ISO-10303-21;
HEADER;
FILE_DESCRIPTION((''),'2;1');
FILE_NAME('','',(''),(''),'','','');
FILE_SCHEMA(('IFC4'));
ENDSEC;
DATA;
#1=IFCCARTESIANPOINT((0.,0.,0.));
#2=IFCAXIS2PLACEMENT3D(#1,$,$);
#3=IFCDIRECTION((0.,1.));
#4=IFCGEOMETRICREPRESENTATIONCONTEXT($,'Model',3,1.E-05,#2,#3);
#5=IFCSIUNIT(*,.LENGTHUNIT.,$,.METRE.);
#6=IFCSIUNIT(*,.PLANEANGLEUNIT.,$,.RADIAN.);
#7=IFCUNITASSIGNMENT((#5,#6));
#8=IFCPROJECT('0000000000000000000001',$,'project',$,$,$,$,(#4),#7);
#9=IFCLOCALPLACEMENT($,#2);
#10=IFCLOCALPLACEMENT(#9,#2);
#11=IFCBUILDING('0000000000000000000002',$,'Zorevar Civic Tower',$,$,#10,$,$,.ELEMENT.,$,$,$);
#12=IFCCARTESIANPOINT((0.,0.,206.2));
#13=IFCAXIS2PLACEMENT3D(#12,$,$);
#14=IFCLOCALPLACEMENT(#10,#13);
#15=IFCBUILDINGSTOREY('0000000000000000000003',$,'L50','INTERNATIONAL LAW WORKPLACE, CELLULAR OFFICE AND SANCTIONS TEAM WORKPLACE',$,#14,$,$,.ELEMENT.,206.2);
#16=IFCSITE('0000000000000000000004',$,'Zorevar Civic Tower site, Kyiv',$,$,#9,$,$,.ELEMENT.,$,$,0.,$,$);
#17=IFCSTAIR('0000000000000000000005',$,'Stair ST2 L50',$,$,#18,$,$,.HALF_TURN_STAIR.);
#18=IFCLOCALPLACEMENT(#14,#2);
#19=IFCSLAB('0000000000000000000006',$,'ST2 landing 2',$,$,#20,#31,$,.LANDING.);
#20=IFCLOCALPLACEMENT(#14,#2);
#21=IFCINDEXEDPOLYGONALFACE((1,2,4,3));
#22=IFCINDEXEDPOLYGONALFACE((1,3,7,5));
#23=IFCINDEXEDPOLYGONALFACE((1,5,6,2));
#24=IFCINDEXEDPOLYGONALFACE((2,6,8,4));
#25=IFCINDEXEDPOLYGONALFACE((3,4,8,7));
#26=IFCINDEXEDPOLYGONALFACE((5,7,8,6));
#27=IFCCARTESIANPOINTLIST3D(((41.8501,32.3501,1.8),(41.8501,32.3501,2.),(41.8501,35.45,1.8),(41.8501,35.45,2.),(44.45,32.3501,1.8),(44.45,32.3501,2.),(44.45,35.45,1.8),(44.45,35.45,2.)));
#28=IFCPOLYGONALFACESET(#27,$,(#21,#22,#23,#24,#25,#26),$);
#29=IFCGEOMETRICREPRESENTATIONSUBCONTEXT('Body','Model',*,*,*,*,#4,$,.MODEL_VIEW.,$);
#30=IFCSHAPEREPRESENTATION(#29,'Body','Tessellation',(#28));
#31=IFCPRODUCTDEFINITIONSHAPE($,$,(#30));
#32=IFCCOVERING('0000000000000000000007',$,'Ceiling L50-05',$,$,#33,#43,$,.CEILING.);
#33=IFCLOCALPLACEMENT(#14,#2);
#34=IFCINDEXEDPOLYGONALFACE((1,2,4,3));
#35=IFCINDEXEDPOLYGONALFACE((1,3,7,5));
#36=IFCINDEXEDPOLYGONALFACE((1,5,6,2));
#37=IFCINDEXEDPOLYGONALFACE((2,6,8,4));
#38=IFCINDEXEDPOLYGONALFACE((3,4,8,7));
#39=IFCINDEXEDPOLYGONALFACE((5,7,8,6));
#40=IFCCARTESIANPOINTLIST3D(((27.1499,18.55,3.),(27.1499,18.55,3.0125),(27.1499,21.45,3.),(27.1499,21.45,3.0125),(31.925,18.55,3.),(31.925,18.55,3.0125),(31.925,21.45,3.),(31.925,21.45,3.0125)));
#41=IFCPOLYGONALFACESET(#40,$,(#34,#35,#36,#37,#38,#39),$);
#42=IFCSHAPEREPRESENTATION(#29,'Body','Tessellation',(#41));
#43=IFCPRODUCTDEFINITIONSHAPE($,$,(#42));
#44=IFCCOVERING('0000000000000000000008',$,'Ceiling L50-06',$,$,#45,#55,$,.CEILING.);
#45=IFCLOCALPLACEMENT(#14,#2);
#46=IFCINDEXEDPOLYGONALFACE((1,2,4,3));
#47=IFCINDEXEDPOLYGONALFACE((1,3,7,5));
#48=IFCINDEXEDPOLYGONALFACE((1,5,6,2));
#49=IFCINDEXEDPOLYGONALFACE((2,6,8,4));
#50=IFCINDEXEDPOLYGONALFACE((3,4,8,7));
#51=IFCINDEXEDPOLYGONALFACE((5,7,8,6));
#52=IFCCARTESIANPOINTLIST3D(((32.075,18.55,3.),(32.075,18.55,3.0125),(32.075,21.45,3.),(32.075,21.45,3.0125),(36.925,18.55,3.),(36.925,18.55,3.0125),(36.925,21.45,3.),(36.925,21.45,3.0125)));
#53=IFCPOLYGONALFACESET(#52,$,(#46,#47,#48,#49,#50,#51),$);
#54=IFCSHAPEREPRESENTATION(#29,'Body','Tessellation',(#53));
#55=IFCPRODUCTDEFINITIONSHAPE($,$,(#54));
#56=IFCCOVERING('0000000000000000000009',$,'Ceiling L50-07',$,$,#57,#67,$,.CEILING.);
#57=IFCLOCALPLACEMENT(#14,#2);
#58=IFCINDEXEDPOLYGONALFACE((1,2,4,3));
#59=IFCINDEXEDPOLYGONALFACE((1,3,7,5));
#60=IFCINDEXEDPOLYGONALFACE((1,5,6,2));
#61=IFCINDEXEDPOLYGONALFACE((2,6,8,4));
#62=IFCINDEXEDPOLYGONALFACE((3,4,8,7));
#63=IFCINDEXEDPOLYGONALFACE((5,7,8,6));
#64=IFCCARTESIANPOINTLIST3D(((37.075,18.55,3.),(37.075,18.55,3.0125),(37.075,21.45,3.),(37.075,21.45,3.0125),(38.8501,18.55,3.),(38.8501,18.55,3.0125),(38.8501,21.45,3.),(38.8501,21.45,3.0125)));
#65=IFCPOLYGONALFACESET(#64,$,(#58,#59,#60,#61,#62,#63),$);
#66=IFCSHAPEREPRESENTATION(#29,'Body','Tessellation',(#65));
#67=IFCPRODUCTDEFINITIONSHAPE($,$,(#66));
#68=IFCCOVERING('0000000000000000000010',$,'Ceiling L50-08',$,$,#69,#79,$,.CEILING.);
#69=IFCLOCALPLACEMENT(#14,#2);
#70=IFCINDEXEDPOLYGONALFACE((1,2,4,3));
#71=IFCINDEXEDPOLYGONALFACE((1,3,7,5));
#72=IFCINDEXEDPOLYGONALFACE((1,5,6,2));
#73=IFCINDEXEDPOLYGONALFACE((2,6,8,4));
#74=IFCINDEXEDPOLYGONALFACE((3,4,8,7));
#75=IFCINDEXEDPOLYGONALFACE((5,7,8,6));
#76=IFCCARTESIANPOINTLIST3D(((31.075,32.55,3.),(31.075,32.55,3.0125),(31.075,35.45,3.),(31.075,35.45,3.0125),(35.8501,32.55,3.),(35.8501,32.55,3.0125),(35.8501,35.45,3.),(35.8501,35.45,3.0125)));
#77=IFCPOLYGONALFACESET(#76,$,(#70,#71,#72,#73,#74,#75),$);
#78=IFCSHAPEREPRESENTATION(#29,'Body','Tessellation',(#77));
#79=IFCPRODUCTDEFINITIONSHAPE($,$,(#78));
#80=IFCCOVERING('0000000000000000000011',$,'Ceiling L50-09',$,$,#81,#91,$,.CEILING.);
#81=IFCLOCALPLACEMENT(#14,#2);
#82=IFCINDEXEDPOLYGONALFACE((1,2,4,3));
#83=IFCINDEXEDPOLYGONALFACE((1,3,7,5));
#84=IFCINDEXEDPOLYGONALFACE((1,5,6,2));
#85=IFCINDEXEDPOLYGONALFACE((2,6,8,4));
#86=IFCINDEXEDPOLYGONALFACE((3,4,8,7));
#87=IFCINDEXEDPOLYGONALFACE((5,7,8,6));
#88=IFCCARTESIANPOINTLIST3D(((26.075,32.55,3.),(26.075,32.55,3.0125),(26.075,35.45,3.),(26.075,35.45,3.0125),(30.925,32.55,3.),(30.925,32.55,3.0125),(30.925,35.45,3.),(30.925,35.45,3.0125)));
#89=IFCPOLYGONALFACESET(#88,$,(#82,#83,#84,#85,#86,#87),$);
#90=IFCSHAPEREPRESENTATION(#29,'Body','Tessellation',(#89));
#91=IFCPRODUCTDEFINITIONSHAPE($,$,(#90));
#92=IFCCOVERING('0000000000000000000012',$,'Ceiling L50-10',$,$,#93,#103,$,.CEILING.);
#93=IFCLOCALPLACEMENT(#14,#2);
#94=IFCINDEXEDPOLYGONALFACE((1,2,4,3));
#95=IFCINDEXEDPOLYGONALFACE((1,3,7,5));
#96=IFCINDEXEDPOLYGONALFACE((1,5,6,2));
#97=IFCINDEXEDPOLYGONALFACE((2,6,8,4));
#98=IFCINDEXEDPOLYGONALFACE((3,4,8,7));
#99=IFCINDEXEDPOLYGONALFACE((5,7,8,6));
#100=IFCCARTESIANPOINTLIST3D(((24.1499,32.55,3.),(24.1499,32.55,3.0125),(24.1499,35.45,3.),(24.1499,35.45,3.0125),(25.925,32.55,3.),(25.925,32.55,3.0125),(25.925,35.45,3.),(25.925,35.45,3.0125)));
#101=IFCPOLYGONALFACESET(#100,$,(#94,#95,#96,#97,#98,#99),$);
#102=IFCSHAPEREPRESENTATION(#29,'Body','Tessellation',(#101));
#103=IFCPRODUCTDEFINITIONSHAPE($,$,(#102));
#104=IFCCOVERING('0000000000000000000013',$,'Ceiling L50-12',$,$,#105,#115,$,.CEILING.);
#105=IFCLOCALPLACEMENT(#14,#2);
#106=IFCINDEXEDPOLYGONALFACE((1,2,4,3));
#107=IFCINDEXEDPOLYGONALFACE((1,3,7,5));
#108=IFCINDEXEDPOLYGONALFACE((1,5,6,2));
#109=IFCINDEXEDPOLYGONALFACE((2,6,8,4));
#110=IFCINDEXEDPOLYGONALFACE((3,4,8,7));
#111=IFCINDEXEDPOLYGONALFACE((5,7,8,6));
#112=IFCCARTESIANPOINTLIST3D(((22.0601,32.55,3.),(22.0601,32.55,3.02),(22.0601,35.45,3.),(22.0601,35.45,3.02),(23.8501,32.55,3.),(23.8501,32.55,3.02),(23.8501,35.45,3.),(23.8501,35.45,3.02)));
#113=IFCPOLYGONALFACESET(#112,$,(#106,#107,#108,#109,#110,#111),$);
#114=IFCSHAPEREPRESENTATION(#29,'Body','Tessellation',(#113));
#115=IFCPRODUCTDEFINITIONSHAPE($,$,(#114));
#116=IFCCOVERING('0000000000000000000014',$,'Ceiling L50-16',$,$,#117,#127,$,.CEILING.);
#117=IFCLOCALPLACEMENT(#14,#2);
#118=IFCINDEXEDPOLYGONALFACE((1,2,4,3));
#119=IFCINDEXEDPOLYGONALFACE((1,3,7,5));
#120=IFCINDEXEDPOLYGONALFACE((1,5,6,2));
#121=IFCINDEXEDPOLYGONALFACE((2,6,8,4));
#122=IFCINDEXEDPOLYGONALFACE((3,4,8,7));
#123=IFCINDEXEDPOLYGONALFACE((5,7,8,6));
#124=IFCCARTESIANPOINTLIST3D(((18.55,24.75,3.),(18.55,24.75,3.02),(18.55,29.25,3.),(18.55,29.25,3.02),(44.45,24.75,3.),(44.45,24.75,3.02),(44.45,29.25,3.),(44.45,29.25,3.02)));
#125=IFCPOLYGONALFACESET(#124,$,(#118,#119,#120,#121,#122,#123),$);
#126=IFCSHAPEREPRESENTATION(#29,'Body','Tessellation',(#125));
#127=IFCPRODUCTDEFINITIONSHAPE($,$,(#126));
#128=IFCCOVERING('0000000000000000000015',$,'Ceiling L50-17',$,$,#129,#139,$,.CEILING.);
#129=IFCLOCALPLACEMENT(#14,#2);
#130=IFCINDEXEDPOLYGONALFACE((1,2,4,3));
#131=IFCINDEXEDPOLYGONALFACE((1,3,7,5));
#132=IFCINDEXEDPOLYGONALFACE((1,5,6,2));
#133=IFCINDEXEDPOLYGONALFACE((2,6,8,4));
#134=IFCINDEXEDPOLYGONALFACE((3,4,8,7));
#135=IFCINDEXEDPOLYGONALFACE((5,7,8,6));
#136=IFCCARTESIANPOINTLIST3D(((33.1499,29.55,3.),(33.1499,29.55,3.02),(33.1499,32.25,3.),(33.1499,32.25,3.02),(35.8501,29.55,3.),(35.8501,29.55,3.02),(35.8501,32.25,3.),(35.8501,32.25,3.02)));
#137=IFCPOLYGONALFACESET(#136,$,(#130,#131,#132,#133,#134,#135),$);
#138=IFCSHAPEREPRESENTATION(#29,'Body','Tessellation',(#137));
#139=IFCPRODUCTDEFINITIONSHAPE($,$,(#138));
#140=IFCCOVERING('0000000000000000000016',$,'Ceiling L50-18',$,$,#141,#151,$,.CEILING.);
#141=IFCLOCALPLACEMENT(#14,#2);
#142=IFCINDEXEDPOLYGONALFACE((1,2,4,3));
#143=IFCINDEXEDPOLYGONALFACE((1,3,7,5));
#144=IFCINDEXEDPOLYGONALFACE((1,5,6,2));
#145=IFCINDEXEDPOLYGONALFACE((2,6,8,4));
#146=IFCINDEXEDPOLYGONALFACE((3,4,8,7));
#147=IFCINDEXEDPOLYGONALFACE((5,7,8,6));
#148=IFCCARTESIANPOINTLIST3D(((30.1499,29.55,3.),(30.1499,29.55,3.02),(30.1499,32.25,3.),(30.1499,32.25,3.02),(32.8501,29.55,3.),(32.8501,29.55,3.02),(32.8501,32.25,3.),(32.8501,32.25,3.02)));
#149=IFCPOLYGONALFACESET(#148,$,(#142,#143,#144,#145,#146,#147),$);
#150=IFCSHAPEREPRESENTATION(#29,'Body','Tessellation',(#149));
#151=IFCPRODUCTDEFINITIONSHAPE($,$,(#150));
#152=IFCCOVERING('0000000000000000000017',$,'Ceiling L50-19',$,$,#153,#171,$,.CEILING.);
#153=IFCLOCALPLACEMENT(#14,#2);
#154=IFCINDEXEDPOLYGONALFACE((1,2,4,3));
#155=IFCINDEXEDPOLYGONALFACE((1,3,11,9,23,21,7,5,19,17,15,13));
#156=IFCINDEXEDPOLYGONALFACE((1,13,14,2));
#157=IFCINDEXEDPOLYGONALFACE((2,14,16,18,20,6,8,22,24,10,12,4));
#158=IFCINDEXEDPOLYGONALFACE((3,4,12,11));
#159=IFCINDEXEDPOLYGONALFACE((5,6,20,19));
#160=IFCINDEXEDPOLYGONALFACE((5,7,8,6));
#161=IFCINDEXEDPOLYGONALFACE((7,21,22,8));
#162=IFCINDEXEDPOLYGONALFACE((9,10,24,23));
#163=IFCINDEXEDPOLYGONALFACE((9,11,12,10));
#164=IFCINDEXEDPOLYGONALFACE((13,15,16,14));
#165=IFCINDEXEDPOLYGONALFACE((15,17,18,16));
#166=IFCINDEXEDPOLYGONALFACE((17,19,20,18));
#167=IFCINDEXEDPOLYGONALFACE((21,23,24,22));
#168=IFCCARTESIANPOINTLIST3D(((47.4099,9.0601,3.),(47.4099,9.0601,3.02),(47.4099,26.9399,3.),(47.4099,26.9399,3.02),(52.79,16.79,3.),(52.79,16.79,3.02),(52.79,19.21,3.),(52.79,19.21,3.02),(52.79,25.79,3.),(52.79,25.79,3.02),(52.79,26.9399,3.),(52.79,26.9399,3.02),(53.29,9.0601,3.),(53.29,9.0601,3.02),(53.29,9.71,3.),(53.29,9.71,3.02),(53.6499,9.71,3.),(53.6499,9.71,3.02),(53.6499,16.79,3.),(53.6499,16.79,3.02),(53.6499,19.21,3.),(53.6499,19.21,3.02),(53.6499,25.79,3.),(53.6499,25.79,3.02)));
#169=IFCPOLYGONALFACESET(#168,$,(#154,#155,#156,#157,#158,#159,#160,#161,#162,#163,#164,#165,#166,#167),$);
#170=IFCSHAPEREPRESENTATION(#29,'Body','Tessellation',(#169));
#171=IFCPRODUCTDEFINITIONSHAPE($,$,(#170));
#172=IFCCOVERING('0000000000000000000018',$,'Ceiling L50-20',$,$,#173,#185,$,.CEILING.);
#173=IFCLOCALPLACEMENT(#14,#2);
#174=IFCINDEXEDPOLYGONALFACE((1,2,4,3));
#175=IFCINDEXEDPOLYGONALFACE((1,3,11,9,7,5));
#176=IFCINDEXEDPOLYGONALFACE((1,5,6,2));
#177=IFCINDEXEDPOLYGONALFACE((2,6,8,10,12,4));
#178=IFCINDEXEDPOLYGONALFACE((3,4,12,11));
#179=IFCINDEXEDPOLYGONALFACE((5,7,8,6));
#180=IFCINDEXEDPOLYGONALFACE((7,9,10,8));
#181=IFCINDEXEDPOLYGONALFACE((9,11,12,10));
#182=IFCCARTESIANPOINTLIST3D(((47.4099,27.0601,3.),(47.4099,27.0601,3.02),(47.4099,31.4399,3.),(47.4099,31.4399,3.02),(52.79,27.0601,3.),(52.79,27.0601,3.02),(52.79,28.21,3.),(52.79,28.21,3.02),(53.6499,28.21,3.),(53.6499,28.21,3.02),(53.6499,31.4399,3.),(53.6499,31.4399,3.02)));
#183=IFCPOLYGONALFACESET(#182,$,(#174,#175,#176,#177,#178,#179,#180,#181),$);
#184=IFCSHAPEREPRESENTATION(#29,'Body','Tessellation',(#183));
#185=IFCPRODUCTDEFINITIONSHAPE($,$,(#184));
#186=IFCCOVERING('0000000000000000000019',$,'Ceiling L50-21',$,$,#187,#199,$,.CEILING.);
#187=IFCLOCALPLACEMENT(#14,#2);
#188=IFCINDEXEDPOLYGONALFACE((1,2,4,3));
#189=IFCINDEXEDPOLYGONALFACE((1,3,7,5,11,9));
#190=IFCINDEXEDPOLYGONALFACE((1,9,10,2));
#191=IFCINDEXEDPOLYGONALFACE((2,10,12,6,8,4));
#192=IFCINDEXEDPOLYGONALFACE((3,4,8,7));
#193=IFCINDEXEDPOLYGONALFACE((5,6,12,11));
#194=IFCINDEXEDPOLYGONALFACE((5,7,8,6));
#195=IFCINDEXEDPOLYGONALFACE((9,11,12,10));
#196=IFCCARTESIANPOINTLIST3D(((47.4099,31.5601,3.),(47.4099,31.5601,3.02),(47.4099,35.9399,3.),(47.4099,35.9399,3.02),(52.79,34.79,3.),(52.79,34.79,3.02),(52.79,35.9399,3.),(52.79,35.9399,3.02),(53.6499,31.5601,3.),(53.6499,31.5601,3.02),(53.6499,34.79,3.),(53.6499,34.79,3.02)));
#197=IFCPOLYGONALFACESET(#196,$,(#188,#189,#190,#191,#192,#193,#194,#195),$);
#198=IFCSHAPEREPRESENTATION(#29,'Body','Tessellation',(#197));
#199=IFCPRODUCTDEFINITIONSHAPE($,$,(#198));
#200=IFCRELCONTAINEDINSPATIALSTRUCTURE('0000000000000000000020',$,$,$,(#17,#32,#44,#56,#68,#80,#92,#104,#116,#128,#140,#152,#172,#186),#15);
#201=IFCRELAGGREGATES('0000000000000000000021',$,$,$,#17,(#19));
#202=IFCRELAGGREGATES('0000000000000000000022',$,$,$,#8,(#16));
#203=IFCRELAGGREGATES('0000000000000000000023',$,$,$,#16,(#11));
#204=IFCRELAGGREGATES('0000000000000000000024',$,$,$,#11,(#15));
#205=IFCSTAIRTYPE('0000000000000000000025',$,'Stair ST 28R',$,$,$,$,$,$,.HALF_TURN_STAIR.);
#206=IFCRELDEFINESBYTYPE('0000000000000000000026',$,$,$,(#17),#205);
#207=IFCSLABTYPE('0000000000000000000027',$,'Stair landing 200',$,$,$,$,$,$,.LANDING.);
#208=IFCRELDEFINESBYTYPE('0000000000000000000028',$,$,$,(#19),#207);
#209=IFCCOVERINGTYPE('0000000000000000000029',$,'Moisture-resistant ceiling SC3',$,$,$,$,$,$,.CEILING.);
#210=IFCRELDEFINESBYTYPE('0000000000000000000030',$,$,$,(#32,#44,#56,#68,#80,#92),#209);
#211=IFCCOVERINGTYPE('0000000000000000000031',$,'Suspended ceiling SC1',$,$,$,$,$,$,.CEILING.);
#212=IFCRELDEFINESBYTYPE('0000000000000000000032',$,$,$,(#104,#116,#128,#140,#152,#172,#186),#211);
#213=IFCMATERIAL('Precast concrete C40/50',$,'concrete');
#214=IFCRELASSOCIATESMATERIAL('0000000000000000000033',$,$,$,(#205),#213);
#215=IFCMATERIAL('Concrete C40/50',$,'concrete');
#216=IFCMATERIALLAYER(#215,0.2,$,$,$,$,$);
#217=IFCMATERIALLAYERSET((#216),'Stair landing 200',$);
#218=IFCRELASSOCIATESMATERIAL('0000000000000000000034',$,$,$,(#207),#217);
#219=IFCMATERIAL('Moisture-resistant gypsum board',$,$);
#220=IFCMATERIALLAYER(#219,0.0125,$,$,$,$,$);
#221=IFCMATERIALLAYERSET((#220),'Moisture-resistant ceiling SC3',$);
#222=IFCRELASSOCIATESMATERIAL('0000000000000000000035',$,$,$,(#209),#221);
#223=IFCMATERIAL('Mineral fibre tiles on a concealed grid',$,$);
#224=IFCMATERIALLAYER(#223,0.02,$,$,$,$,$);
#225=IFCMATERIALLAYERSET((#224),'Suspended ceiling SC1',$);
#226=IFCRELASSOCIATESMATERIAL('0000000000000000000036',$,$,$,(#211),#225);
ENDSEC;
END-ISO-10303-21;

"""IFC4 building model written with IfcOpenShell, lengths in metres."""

from ifc_helpers import new_model, si_unit, direction, frame, origin, place, context, subcontext, project, spatial, polyline, outline, extrude, material, layer, layer_set, type_object, element, aggregate, save


model = new_model("IFC4")

# Units and contexts
model_context = context("Model", 3, precision=1e-05, world=origin(), true_north=direction((0.0, 1.0)))
body_context = subcontext(model_context, "Body", "Model", "MODEL_VIEW")
ifc_project = project(units=[si_unit("LENGTHUNIT", "METRE"), si_unit("PLANEANGLEUNIT", "RADIAN")], contexts=[model_context])

# Site, building, storey
site_placement = place(None, origin())
site = spatial("IfcSite", under=ifc_project, at=site_placement, Name="Zorevar Civic Tower site, Kyiv", CompositionType="ELEMENT", RefElevation=0.0)
building_placement = place(site_placement, origin())
building = spatial("IfcBuilding", under=site, at=building_placement, Name="Zorevar Civic Tower", CompositionType="ELEMENT")
storey_placement = place(building_placement, frame((0.0, 0.0, 206.2)))
storey = spatial("IfcBuildingStorey", under=building, at=storey_placement, Name="L50", Description="INTERNATIONAL LAW WORKPLACE, CELLULAR OFFICE AND SANCTIONS TEAM WORKPLACE", CompositionType="ELEMENT", Elevation=206.2)

# Stair, slab
ifc_material_1 = material(Name="Precast concrete C40/50", Category="concrete")
stair_type = type_object("IfcStairType", Name="Stair ST 28R", PredefinedType="HALF_TURN_STAIR", material=ifc_material_1)
ifc_material_2 = material(Name="Concrete C40/50", Category="concrete")
ifc_layer_1 = layer(ifc_material_2, 0.2)
ifc_layer_set_1 = layer_set([ifc_layer_1], Name="Stair landing 200")
slab_type_1 = type_object("IfcSlabType", Name="Stair landing 200", PredefinedType="LANDING", material=ifc_layer_set_1)
stair_1_placement = place(storey_placement, origin())
stair_1 = element("IfcStair", 1, at=stair_1_placement, inside=storey, type_object=stair_type, Name="Stair ST2 L50", PredefinedType="HALF_TURN_STAIR")
slab_1_placement = place(storey_placement, frame((0.0, 0.0, 1.8)))
slab_1 = element("IfcSlab", 2, at=slab_1_placement, type_object=slab_type_1, Name="ST2 landing 2", PredefinedType="LANDING", context=body_context, shape_type="SweptSolid", body=[
    extrude(outline(polyline([(44.45, 32.3501), (41.8501, 32.3501), (41.8501, 35.45), (44.45, 35.45), (44.45, 32.3501)])), origin(), (0.0, 0.0, 1.0), 0.2),
])
aggregate(stair_1, [slab_1])

# Coverings
ifc_material_3 = material(Name="Moisture-resistant gypsum board")
ifc_layer_2 = layer(ifc_material_3, 0.0125)
ifc_layer_set_2 = layer_set([ifc_layer_2], Name="Moisture-resistant ceiling SC3")
covering_type_1 = type_object("IfcCoveringType", Name="Moisture-resistant ceiling SC3", PredefinedType="CEILING", material=ifc_layer_set_2)
covering_1_placement = place(storey_placement, frame((0.0, 0.0, 3.0)))
element("IfcCovering", 3, at=covering_1_placement, inside=storey, type_object=covering_type_1, Name="Ceiling L50-05", PredefinedType="CEILING", context=body_context, shape_type="SweptSolid", body=[
    extrude(outline(polyline([(31.925, 18.55), (31.925, 21.45), (27.1499, 21.45), (27.1499, 18.55), (31.925, 18.55)])), origin(), (0.0, 0.0, 1.0), 0.0125),
])
covering_2_placement = place(storey_placement, frame((0.0, 0.0, 3.0)))
element("IfcCovering", 4, at=covering_2_placement, inside=storey, type_object=covering_type_1, Name="Ceiling L50-06", PredefinedType="CEILING", context=body_context, shape_type="SweptSolid", body=[
    extrude(outline(polyline([(36.925, 18.55), (36.925, 21.45), (32.075, 21.45), (32.075, 18.55), (36.925, 18.55)])), origin(), (0.0, 0.0, 1.0), 0.0125),
])
covering_3_placement = place(storey_placement, frame((0.0, 0.0, 3.0)))
element("IfcCovering", 5, at=covering_3_placement, inside=storey, type_object=covering_type_1, Name="Ceiling L50-07", PredefinedType="CEILING", context=body_context, shape_type="SweptSolid", body=[
    extrude(outline(polyline([(38.8501, 18.55), (38.8501, 21.45), (37.075, 21.45), (37.075, 18.55), (38.8501, 18.55)])), origin(), (0.0, 0.0, 1.0), 0.0125),
])
covering_4_placement = place(storey_placement, frame((0.0, 0.0, 3.0)))
element("IfcCovering", 6, at=covering_4_placement, inside=storey, type_object=covering_type_1, Name="Ceiling L50-08", PredefinedType="CEILING", context=body_context, shape_type="SweptSolid", body=[
    extrude(outline(polyline([(35.8501, 32.55), (35.8501, 35.45), (31.075, 35.45), (31.075, 32.55), (35.8501, 32.55)])), origin(), (0.0, 0.0, 1.0), 0.0125),
])
covering_5_placement = place(storey_placement, frame((0.0, 0.0, 3.0)))
element("IfcCovering", 7, at=covering_5_placement, inside=storey, type_object=covering_type_1, Name="Ceiling L50-09", PredefinedType="CEILING", context=body_context, shape_type="SweptSolid", body=[
    extrude(outline(polyline([(30.925, 32.55), (30.925, 35.45), (26.075, 35.45), (26.075, 32.55), (30.925, 32.55)])), origin(), (0.0, 0.0, 1.0), 0.0125),
])
covering_6_placement = place(storey_placement, frame((0.0, 0.0, 3.0)))
element("IfcCovering", 8, at=covering_6_placement, inside=storey, type_object=covering_type_1, Name="Ceiling L50-10", PredefinedType="CEILING", context=body_context, shape_type="SweptSolid", body=[
    extrude(outline(polyline([(25.925, 32.55), (25.925, 35.45), (24.1499, 35.45), (24.1499, 32.55), (25.925, 32.55)])), origin(), (0.0, 0.0, 1.0), 0.0125),
])
ifc_material_4 = material(Name="Mineral fibre tiles on a concealed grid")
ifc_layer_3 = layer(ifc_material_4, 0.02)
ifc_layer_set_3 = layer_set([ifc_layer_3], Name="Suspended ceiling SC1")
covering_type_2 = type_object("IfcCoveringType", Name="Suspended ceiling SC1", PredefinedType="CEILING", material=ifc_layer_set_3)
covering_7_placement = place(storey_placement, frame((0.0, 0.0, 3.0)))
element("IfcCovering", 9, at=covering_7_placement, inside=storey, type_object=covering_type_2, Name="Ceiling L50-12", PredefinedType="CEILING", context=body_context, shape_type="SweptSolid", body=[
    extrude(outline(polyline([(23.8501, 32.55), (23.8501, 35.45), (22.0601, 35.45), (22.0601, 32.55), (23.8501, 32.55)])), origin(), (0.0, 0.0, 1.0), 0.02),
])
covering_8_placement = place(storey_placement, frame((0.0, 0.0, 3.0)))
element("IfcCovering", 10, at=covering_8_placement, inside=storey, type_object=covering_type_2, Name="Ceiling L50-16", PredefinedType="CEILING", context=body_context, shape_type="SweptSolid", body=[
    extrude(outline(polyline([(44.45, 24.75), (44.45, 29.25), (18.55, 29.25), (18.55, 24.75), (44.45, 24.75)])), origin(), (0.0, 0.0, 1.0), 0.02),
])
covering_9_placement = place(storey_placement, frame((0.0, 0.0, 3.0)))
element("IfcCovering", 11, at=covering_9_placement, inside=storey, type_object=covering_type_2, Name="Ceiling L50-17", PredefinedType="CEILING", context=body_context, shape_type="SweptSolid", body=[
    extrude(outline(polyline([(35.8501, 29.55), (35.8501, 32.25), (33.1499, 32.25), (33.1499, 29.55), (35.8501, 29.55)])), origin(), (0.0, 0.0, 1.0), 0.02),
])
covering_10_placement = place(storey_placement, frame((0.0, 0.0, 3.0)))
element("IfcCovering", 12, at=covering_10_placement, inside=storey, type_object=covering_type_2, Name="Ceiling L50-18", PredefinedType="CEILING", context=body_context, shape_type="SweptSolid", body=[
    extrude(outline(polyline([(32.8501, 29.55), (32.8501, 32.25), (30.1499, 32.25), (30.1499, 29.55), (32.8501, 29.55)])), origin(), (0.0, 0.0, 1.0), 0.02),
])
covering_11_placement = place(storey_placement, frame((0.0, 0.0, 3.0)))
element("IfcCovering", 13, at=covering_11_placement, inside=storey, type_object=covering_type_2, Name="Ceiling L50-19", PredefinedType="CEILING", context=body_context, shape_type="SweptSolid", body=[
    extrude(outline(polyline([(53.6499, 19.21), (52.79, 19.21), (52.79, 16.79), (53.6499, 16.79), (53.6499, 9.71), (53.29, 9.71), (53.29, 9.0601), (47.4099, 9.0601), (47.4099, 26.9399), (52.79, 26.9399), (52.79, 25.79), (53.6499, 25.79), (53.6499, 19.21)])), origin(), (0.0, 0.0, 1.0), 0.02),
])
covering_12_placement = place(storey_placement, frame((0.0, 0.0, 3.0)))
element("IfcCovering", 14, at=covering_12_placement, inside=storey, type_object=covering_type_2, Name="Ceiling L50-20", PredefinedType="CEILING", context=body_context, shape_type="SweptSolid", body=[
    extrude(outline(polyline([(47.4099, 31.4399), (53.6499, 31.4399), (53.6499, 28.21), (52.79, 28.21), (52.79, 27.0601), (47.4099, 27.0601), (47.4099, 31.4399)])), origin(), (0.0, 0.0, 1.0), 0.02),
])
covering_13_placement = place(storey_placement, frame((0.0, 0.0, 3.0)))
element("IfcCovering", 15, at=covering_13_placement, inside=storey, type_object=covering_type_2, Name="Ceiling L50-21", PredefinedType="CEILING", context=body_context, shape_type="SweptSolid", body=[
    extrude(outline(polyline([(47.4099, 35.9399), (52.79, 35.9399), (52.79, 34.79), (53.6499, 34.79), (53.6499, 31.5601), (47.4099, 31.5601), (47.4099, 35.9399)])), origin(), (0.0, 0.0, 1.0), 0.02),
])

save(model, "model.ifc")
